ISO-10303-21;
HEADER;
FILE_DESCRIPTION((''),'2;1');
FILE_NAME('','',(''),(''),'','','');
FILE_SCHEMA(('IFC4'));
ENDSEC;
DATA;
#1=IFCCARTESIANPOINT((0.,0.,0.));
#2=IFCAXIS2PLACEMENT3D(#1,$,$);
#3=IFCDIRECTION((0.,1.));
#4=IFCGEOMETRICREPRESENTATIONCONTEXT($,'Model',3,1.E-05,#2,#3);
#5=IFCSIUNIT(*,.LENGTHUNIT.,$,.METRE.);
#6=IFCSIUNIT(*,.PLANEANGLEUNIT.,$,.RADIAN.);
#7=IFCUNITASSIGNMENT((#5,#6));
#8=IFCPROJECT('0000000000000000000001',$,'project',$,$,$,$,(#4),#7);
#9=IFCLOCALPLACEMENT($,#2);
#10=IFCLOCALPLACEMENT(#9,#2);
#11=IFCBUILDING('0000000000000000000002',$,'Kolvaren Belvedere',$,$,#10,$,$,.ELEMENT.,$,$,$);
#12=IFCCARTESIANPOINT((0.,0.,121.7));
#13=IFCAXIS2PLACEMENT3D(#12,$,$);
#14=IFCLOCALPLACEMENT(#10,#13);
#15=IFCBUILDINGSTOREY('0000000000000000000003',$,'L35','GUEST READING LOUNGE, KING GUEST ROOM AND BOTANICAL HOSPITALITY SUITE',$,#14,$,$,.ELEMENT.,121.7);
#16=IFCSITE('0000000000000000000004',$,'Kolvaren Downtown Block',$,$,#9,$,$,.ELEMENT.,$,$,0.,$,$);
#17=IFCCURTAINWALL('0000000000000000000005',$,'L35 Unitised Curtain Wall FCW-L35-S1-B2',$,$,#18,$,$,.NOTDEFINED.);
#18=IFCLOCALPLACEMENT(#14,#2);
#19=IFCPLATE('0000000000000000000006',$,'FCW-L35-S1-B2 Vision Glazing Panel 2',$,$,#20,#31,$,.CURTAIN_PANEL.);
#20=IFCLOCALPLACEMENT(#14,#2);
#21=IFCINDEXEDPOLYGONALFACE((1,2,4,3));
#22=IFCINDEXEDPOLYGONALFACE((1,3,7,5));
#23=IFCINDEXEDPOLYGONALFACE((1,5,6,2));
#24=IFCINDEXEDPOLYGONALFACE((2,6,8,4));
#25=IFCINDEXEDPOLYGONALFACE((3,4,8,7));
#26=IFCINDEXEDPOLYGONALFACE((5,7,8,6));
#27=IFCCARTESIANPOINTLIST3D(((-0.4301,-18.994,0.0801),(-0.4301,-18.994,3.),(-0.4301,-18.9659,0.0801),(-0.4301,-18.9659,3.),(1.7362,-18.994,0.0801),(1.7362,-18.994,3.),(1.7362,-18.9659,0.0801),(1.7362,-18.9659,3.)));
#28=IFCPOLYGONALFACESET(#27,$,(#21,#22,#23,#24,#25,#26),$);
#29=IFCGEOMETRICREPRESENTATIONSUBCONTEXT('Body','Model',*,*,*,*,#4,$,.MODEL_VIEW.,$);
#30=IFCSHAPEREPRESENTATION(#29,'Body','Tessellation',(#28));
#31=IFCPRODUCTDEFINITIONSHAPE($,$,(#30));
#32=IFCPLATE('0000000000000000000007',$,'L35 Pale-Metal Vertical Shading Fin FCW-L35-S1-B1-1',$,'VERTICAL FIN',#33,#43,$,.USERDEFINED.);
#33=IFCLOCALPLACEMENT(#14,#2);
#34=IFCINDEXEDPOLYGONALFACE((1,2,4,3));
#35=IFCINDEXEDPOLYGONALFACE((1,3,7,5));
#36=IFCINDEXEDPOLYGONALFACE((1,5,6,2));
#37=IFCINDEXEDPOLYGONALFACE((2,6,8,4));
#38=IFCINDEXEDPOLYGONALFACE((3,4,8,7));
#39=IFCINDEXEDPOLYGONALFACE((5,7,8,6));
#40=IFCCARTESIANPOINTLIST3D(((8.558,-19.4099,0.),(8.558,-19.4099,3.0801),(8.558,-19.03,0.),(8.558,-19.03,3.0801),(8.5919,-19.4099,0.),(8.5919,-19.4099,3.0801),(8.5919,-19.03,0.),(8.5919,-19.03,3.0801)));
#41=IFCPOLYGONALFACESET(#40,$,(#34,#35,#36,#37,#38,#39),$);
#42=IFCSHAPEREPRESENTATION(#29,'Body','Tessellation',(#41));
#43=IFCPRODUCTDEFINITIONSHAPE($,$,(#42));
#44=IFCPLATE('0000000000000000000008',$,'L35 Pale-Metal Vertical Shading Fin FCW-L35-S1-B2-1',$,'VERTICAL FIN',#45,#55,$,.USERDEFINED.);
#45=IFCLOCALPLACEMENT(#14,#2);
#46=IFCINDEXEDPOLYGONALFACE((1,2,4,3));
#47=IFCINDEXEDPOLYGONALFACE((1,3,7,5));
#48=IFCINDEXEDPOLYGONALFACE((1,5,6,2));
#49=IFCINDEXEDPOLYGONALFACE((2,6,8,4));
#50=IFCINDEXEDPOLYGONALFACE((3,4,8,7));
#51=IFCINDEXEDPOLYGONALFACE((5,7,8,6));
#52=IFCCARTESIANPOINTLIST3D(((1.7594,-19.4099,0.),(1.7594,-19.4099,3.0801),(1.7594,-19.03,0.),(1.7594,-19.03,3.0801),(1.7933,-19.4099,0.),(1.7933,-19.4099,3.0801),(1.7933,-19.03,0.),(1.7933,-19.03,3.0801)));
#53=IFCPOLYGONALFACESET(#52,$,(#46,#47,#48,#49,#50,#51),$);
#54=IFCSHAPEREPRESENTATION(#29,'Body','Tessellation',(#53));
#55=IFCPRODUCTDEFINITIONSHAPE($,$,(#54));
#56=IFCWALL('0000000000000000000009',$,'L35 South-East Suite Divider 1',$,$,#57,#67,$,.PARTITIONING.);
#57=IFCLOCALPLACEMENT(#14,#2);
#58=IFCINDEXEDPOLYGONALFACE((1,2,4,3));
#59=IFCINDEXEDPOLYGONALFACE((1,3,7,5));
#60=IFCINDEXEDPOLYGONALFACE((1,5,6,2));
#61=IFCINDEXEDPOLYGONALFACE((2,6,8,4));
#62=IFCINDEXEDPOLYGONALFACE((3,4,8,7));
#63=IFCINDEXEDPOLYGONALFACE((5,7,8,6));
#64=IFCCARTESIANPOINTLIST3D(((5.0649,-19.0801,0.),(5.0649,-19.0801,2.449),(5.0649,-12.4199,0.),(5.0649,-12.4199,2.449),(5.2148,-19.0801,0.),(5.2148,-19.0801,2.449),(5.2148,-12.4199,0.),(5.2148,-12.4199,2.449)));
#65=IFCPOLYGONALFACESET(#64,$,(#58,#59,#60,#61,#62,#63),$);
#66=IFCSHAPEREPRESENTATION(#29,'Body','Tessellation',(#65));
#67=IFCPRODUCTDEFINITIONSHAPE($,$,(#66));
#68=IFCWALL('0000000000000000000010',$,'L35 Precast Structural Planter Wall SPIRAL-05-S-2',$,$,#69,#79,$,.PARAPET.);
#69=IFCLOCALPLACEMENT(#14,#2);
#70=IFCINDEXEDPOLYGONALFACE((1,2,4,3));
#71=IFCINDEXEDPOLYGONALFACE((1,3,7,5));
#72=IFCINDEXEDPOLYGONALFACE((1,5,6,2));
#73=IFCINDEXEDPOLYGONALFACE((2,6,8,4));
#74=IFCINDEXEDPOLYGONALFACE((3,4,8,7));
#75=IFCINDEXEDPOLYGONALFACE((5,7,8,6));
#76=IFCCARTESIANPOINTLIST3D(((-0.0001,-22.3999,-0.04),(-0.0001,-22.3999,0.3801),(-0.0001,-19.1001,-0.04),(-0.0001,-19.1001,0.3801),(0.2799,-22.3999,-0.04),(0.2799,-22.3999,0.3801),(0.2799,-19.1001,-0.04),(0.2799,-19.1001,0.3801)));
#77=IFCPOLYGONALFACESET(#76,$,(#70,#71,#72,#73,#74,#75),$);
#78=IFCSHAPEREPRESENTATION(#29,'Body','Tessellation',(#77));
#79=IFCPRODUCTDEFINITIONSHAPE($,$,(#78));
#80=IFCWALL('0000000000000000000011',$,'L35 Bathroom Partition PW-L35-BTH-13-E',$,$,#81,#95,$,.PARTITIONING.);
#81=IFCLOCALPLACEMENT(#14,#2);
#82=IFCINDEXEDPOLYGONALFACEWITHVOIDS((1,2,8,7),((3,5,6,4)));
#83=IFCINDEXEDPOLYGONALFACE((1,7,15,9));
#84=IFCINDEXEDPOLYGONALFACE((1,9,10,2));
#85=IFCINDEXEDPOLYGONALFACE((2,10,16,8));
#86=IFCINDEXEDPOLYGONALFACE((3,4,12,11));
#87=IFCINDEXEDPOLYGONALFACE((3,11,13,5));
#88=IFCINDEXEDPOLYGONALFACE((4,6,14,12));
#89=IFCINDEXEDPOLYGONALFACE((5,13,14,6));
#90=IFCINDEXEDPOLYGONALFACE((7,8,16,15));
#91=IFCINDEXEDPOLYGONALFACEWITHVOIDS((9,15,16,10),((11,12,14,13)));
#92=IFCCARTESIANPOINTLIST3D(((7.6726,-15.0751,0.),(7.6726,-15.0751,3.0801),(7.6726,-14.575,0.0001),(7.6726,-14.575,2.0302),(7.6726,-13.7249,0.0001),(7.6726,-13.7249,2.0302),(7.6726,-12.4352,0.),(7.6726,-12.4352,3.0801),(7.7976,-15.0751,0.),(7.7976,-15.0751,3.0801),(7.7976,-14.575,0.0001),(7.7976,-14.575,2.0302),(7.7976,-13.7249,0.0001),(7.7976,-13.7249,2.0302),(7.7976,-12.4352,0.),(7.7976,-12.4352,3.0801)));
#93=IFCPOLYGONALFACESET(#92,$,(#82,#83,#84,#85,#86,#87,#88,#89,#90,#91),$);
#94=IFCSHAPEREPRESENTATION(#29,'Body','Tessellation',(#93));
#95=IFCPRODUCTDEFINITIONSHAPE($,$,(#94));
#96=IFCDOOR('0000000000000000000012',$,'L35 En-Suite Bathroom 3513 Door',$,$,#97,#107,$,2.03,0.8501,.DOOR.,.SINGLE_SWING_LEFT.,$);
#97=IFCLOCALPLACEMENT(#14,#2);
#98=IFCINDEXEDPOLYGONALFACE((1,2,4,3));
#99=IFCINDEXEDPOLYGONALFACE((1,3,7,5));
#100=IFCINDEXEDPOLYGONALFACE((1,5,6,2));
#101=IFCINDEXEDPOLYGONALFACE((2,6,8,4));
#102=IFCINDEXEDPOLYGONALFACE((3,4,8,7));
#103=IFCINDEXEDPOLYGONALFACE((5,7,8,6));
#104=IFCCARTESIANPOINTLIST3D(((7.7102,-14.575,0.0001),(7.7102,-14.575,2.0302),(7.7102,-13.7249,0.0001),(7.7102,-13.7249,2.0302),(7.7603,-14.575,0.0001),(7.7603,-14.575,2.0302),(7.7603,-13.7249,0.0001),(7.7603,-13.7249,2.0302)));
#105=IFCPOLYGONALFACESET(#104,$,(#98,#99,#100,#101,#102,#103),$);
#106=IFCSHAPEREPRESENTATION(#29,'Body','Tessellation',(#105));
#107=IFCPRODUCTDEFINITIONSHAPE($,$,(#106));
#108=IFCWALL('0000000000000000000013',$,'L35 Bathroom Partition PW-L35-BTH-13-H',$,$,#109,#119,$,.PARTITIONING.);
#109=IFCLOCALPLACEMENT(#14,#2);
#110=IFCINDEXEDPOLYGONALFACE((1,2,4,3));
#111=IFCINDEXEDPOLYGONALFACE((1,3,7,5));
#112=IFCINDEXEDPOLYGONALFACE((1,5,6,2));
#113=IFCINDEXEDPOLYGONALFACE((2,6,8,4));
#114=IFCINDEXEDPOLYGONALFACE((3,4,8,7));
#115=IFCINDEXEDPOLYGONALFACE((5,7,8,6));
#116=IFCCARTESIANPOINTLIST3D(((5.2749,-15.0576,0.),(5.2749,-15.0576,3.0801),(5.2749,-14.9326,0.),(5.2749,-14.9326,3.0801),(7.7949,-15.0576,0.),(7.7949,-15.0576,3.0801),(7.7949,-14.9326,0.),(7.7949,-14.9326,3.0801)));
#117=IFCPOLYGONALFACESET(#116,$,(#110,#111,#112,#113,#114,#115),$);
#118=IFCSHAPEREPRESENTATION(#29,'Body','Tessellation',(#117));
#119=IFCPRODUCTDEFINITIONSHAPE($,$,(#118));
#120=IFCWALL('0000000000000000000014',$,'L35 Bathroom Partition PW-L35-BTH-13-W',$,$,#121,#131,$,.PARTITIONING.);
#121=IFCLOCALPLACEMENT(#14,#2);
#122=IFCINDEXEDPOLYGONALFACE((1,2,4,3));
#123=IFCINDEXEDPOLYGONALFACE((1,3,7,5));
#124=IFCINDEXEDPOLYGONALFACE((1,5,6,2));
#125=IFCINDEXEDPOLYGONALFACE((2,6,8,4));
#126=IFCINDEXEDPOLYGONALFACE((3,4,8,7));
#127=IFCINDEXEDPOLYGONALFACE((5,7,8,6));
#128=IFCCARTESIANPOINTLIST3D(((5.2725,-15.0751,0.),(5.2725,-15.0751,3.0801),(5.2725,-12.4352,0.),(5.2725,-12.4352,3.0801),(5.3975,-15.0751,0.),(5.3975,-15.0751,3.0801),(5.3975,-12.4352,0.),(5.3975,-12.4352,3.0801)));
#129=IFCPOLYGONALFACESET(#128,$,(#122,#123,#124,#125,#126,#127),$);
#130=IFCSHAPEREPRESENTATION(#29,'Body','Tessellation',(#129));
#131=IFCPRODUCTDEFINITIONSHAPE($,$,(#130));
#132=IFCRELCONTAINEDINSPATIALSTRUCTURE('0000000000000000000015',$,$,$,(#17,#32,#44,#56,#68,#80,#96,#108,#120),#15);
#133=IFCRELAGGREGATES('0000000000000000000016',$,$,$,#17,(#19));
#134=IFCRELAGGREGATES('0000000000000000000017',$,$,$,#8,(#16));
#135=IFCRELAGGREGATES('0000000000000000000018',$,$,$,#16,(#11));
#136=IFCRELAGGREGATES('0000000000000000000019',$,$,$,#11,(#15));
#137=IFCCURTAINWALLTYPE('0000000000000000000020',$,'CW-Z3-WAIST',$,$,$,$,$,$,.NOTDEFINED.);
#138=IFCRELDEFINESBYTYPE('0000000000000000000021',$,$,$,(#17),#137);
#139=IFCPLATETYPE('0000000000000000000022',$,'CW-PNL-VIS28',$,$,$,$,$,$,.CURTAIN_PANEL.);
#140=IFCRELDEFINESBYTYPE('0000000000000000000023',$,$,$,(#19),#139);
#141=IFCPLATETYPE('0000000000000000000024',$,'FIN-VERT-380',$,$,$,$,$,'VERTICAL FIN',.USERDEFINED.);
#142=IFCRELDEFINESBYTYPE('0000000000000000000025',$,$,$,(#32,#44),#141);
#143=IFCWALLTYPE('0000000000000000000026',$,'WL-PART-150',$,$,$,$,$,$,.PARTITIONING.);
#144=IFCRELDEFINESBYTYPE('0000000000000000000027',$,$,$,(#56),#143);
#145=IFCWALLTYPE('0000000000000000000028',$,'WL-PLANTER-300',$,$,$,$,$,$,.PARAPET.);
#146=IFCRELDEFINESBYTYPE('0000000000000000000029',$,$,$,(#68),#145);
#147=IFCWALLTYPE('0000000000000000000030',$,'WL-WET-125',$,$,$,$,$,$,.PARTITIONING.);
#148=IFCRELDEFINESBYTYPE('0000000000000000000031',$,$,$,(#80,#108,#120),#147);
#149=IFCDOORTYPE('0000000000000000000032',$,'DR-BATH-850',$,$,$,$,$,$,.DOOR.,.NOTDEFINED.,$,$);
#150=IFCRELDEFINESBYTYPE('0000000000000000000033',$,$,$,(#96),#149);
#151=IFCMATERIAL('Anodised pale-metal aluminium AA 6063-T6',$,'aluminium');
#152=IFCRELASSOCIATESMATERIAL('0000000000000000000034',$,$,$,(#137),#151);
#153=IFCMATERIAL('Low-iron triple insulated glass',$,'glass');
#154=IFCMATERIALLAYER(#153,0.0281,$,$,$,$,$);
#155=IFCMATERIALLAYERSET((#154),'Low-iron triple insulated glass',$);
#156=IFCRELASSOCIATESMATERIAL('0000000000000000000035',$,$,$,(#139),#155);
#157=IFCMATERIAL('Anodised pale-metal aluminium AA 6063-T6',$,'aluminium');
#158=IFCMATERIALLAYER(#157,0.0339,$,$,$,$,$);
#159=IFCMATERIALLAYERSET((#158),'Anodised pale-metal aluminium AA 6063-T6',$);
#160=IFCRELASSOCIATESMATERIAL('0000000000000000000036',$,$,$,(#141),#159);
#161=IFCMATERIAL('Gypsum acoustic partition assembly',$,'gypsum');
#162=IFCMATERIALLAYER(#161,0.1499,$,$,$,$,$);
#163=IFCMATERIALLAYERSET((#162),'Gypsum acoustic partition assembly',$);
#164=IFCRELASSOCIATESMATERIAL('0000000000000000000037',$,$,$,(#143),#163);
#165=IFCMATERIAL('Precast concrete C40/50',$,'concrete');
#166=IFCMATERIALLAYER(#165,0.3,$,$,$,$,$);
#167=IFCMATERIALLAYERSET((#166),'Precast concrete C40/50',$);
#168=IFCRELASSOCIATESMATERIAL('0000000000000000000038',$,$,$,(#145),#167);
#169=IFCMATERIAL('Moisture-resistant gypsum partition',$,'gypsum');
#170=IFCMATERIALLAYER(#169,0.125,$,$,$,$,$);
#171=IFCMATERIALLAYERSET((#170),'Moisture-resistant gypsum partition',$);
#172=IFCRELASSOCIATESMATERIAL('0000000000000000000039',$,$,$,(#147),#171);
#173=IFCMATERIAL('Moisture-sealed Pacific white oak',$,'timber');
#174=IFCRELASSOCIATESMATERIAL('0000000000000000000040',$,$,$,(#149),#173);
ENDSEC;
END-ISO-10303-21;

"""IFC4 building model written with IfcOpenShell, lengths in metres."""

from ifc_helpers import new_model, si_unit, direction, frame, frame_2d, origin, origin_2d, place, context, subcontext, project, spatial, rectangle, extrude, material, layer, layer_set, type_object, element, fill, aggregate, save


model = new_model("IFC4")

# Units and contexts
model_context = context("Model", 3, precision=1e-05, world=origin(), true_north=direction((0.0, 1.0)))
body_context = subcontext(model_context, "Body", "Model", "MODEL_VIEW")
ifc_project = project(units=[si_unit("LENGTHUNIT", "METRE"), si_unit("PLANEANGLEUNIT", "RADIAN")], contexts=[model_context])

# Site, building, storey
site_placement = place(None, origin())
site = spatial("IfcSite", under=ifc_project, at=site_placement, Name="Kolvaren Downtown Block", CompositionType="ELEMENT", RefElevation=0.0)
building_placement = place(site_placement, origin())
building = spatial("IfcBuilding", under=site, at=building_placement, Name="Kolvaren Belvedere", CompositionType="ELEMENT")
storey_placement = place(building_placement, frame((0.0, 0.0, 121.7)))
storey = spatial("IfcBuildingStorey", under=building, at=storey_placement, Name="L35", Description="GUEST READING LOUNGE, KING GUEST ROOM AND BOTANICAL HOSPITALITY SUITE", CompositionType="ELEMENT", Elevation=121.7)

# Curtain wall
ifc_material_1 = material(Name="Anodised pale-metal aluminium AA 6063-T6", Category="aluminium")
curtain_wall_type = type_object("IfcCurtainWallType", Name="CW-Z3-WAIST", PredefinedType="NOTDEFINED", material=ifc_material_1)
curtain_wall_1_placement = place(storey_placement, origin())
curtain_wall_1 = element("IfcCurtainWall", 1, at=curtain_wall_1_placement, inside=storey, type_object=curtain_wall_type, Name="L35 Unitised Curtain Wall FCW-L35-S1-B2", PredefinedType="NOTDEFINED")

# Plate
ifc_material_2 = material(Name="Low-iron triple insulated glass", Category="glass")
ifc_layer_1 = layer(ifc_material_2, 0.0281)
ifc_layer_set_1 = layer_set([ifc_layer_1], Name="Low-iron triple insulated glass")
plate_type_1 = type_object("IfcPlateType", Name="CW-PNL-VIS28", PredefinedType="CURTAIN_PANEL", material=ifc_layer_set_1)
plate_1_placement = place(storey_placement, frame((0.6531, -18.98, 0.0801), z_axis=(0.0, 0.0, 1.0), x_axis=(-1.0, 0.0, 0.0)))
plate_1 = element("IfcPlate", 2, at=plate_1_placement, type_object=plate_type_1, Name="FCW-L35-S1-B2 Vision Glazing Panel 2", PredefinedType="CURTAIN_PANEL", context=body_context, shape_type="SweptSolid", body=[
    extrude(rectangle(XDim=2.1663, YDim=0.0281, at=origin_2d()), origin(), (0.0, 0.0, 1.0), 2.9199),
])
aggregate(curtain_wall_1, [plate_1])

# Plates
ifc_material_3 = material(Name="Anodised pale-metal aluminium AA 6063-T6", Category="aluminium")
ifc_layer_2 = layer(ifc_material_3, 0.0339)
ifc_layer_set_2 = layer_set([ifc_layer_2], Name="Anodised pale-metal aluminium AA 6063-T6")
plate_type_2 = type_object("IfcPlateType", Name="FIN-VERT-380", ElementType="VERTICAL FIN", PredefinedType="USERDEFINED", material=ifc_layer_set_2)
for number, where, z_axis, x_axis, name in (
    (3, (8.575, -19.22, 0.0), (0.0, 0.0, 1.0), (0.0, 1.0, 0.0), "L35 Pale-Metal Vertical Shading Fin FCW-L35-S1-B1-1"),
    (4, (1.7764, -19.22, 0.0), (0.0, 0.0, 1.0), (0.0, 1.0, 0.0), "L35 Pale-Metal Vertical Shading Fin FCW-L35-S1-B2-1"),
):
    element("IfcPlate", number, at=place(storey_placement, frame(where, z_axis=z_axis, x_axis=x_axis)), inside=storey, type_object=plate_type_2, Name=name, ObjectType="VERTICAL FIN", PredefinedType="USERDEFINED", context=body_context, shape_type="SweptSolid", body=[
        extrude(rectangle(XDim=0.3799, YDim=0.0339, at=origin_2d()), origin(), (0.0, 0.0, 1.0), 3.0801),
    ])

# Walls
ifc_material_4 = material(Name="Gypsum acoustic partition assembly", Category="gypsum")
ifc_layer_3 = layer(ifc_material_4, 0.1499)
ifc_layer_set_3 = layer_set([ifc_layer_3], Name="Gypsum acoustic partition assembly")
wall_type_1 = type_object("IfcWallType", Name="WL-PART-150", PredefinedType="PARTITIONING", material=ifc_layer_set_3)
wall_1_placement = place(storey_placement, frame((5.1399, -19.0801, 0.0), z_axis=(0.0, 0.0, 1.0), x_axis=(0.0, 1.0, 0.0)))
element("IfcWall", 5, at=wall_1_placement, inside=storey, type_object=wall_type_1, Name="L35 South-East Suite Divider 1", PredefinedType="PARTITIONING", context=body_context, shape_type="SweptSolid", body=[
    extrude(rectangle(XDim=6.6602, YDim=0.1499, at=frame_2d((3.3301, 0.0))), origin(), (0.0, 0.0, 1.0), 2.449),
])
ifc_material_5 = material(Name="Precast concrete C40/50", Category="concrete")
ifc_layer_4 = layer(ifc_material_5, 0.3)
ifc_layer_set_4 = layer_set([ifc_layer_4], Name="Precast concrete C40/50")
wall_type_2 = type_object("IfcWallType", Name="WL-PLANTER-300", PredefinedType="PARAPET", material=ifc_layer_set_4)
wall_2_placement = place(storey_placement, frame((0.1399, -22.3999, -0.04), z_axis=(0.0, 0.0, 1.0), x_axis=(0.0, 1.0, 0.0)))
element("IfcWall", 6, at=wall_2_placement, inside=storey, type_object=wall_type_2, Name="L35 Precast Structural Planter Wall SPIRAL-05-S-2", PredefinedType="PARAPET", context=body_context, shape_type="SweptSolid", body=[
    extrude(rectangle(XDim=3.2998, YDim=0.28, at=frame_2d((1.6499, 0.0))), origin(), (0.0, 0.0, 1.0), 0.4202),
])

# Wall, opening, door
ifc_material_6 = material(Name="Moisture-resistant gypsum partition", Category="gypsum")
ifc_layer_5 = layer(ifc_material_6, 0.125)
ifc_layer_set_5 = layer_set([ifc_layer_5], Name="Moisture-resistant gypsum partition")
wall_type_3 = type_object("IfcWallType", Name="WL-WET-125", PredefinedType="PARTITIONING", material=ifc_layer_set_5)
wall_3_placement = place(storey_placement, frame((7.7351, -15.075, 0.0), z_axis=(0.0, 0.0, 1.0), x_axis=(0.0, 1.0, 0.0)))
wall_3 = element("IfcWall", 7, at=wall_3_placement, inside=storey, type_object=wall_type_3, Name="L35 Bathroom Partition PW-L35-BTH-13-E", PredefinedType="PARTITIONING", context=body_context, shape_type="SweptSolid", body=[
    extrude(rectangle(XDim=2.6399, YDim=0.125, at=frame_2d((1.3198, 0.0))), origin(), (0.0, 0.0, 1.0), 3.0801),
])
opening_placement = place(wall_3_placement, frame((0.5, 0.0, 0.0)))
opening = element("IfcOpeningElement", 8, at=opening_placement, cuts=wall_3, PredefinedType="OPENING", context=body_context, shape_type="SweptSolid", body=[
    extrude(rectangle(XDim=0.8501, YDim=2.03, at=frame_2d((0.425, 1.0151))), frame((0.0, 0.0725, 0.0), z_axis=(0.0, -1.0, 0.0), x_axis=(1.0, 0.0, 0.0)), (0.0, 0.0, 1.0), 0.145),
])
ifc_material_7 = material(Name="Moisture-sealed Pacific white oak", Category="timber")
door_type = type_object("IfcDoorType", Name="DR-BATH-850", OperationType="NOTDEFINED", PredefinedType="DOOR", material=ifc_material_7)
door_placement = place(opening_placement, origin())
door = element("IfcDoor", 9, at=door_placement, inside=storey, type_object=door_type, Name="L35 En-Suite Bathroom 3513 Door", OperationType="SINGLE_SWING_LEFT", OverallHeight=2.03, OverallWidth=0.8501, PredefinedType="DOOR", context=body_context, shape_type="SweptSolid", body=[
    extrude(rectangle(XDim=0.8501, YDim=2.03, at=frame_2d((0.425, 1.0151))), frame((0.0, 0.0249, 0.0), z_axis=(0.0, -1.0, 0.0), x_axis=(1.0, 0.0, 0.0)), (0.0, 0.0, 1.0), 0.05),
])
fill(opening, door)

# Walls
wall_4_placement = place(storey_placement, frame((5.2749, -14.9951, 0.0), z_axis=(0.0, 0.0, 1.0), x_axis=(1.0, 0.0, 0.0)))
element("IfcWall", 10, at=wall_4_placement, inside=storey, type_object=wall_type_3, Name="L35 Bathroom Partition PW-L35-BTH-13-H", PredefinedType="PARTITIONING", context=body_context, shape_type="SweptSolid", body=[
    extrude(rectangle(XDim=2.52, YDim=0.125, at=frame_2d((1.26, 0.0))), origin(), (0.0, 0.0, 1.0), 3.0801),
])
wall_5_placement = place(storey_placement, frame((5.335, -15.075, 0.0), z_axis=(0.0, 0.0, 1.0), x_axis=(0.0, 1.0, 0.0)))
element("IfcWall", 11, at=wall_5_placement, inside=storey, type_object=wall_type_3, Name="L35 Bathroom Partition PW-L35-BTH-13-W", PredefinedType="PARTITIONING", context=body_context, shape_type="SweptSolid", body=[
    extrude(rectangle(XDim=2.6399, YDim=0.125, at=frame_2d((1.3198, 0.0))), origin(), (0.0, 0.0, 1.0), 3.0801),
])

save(model, "model.ifc")
